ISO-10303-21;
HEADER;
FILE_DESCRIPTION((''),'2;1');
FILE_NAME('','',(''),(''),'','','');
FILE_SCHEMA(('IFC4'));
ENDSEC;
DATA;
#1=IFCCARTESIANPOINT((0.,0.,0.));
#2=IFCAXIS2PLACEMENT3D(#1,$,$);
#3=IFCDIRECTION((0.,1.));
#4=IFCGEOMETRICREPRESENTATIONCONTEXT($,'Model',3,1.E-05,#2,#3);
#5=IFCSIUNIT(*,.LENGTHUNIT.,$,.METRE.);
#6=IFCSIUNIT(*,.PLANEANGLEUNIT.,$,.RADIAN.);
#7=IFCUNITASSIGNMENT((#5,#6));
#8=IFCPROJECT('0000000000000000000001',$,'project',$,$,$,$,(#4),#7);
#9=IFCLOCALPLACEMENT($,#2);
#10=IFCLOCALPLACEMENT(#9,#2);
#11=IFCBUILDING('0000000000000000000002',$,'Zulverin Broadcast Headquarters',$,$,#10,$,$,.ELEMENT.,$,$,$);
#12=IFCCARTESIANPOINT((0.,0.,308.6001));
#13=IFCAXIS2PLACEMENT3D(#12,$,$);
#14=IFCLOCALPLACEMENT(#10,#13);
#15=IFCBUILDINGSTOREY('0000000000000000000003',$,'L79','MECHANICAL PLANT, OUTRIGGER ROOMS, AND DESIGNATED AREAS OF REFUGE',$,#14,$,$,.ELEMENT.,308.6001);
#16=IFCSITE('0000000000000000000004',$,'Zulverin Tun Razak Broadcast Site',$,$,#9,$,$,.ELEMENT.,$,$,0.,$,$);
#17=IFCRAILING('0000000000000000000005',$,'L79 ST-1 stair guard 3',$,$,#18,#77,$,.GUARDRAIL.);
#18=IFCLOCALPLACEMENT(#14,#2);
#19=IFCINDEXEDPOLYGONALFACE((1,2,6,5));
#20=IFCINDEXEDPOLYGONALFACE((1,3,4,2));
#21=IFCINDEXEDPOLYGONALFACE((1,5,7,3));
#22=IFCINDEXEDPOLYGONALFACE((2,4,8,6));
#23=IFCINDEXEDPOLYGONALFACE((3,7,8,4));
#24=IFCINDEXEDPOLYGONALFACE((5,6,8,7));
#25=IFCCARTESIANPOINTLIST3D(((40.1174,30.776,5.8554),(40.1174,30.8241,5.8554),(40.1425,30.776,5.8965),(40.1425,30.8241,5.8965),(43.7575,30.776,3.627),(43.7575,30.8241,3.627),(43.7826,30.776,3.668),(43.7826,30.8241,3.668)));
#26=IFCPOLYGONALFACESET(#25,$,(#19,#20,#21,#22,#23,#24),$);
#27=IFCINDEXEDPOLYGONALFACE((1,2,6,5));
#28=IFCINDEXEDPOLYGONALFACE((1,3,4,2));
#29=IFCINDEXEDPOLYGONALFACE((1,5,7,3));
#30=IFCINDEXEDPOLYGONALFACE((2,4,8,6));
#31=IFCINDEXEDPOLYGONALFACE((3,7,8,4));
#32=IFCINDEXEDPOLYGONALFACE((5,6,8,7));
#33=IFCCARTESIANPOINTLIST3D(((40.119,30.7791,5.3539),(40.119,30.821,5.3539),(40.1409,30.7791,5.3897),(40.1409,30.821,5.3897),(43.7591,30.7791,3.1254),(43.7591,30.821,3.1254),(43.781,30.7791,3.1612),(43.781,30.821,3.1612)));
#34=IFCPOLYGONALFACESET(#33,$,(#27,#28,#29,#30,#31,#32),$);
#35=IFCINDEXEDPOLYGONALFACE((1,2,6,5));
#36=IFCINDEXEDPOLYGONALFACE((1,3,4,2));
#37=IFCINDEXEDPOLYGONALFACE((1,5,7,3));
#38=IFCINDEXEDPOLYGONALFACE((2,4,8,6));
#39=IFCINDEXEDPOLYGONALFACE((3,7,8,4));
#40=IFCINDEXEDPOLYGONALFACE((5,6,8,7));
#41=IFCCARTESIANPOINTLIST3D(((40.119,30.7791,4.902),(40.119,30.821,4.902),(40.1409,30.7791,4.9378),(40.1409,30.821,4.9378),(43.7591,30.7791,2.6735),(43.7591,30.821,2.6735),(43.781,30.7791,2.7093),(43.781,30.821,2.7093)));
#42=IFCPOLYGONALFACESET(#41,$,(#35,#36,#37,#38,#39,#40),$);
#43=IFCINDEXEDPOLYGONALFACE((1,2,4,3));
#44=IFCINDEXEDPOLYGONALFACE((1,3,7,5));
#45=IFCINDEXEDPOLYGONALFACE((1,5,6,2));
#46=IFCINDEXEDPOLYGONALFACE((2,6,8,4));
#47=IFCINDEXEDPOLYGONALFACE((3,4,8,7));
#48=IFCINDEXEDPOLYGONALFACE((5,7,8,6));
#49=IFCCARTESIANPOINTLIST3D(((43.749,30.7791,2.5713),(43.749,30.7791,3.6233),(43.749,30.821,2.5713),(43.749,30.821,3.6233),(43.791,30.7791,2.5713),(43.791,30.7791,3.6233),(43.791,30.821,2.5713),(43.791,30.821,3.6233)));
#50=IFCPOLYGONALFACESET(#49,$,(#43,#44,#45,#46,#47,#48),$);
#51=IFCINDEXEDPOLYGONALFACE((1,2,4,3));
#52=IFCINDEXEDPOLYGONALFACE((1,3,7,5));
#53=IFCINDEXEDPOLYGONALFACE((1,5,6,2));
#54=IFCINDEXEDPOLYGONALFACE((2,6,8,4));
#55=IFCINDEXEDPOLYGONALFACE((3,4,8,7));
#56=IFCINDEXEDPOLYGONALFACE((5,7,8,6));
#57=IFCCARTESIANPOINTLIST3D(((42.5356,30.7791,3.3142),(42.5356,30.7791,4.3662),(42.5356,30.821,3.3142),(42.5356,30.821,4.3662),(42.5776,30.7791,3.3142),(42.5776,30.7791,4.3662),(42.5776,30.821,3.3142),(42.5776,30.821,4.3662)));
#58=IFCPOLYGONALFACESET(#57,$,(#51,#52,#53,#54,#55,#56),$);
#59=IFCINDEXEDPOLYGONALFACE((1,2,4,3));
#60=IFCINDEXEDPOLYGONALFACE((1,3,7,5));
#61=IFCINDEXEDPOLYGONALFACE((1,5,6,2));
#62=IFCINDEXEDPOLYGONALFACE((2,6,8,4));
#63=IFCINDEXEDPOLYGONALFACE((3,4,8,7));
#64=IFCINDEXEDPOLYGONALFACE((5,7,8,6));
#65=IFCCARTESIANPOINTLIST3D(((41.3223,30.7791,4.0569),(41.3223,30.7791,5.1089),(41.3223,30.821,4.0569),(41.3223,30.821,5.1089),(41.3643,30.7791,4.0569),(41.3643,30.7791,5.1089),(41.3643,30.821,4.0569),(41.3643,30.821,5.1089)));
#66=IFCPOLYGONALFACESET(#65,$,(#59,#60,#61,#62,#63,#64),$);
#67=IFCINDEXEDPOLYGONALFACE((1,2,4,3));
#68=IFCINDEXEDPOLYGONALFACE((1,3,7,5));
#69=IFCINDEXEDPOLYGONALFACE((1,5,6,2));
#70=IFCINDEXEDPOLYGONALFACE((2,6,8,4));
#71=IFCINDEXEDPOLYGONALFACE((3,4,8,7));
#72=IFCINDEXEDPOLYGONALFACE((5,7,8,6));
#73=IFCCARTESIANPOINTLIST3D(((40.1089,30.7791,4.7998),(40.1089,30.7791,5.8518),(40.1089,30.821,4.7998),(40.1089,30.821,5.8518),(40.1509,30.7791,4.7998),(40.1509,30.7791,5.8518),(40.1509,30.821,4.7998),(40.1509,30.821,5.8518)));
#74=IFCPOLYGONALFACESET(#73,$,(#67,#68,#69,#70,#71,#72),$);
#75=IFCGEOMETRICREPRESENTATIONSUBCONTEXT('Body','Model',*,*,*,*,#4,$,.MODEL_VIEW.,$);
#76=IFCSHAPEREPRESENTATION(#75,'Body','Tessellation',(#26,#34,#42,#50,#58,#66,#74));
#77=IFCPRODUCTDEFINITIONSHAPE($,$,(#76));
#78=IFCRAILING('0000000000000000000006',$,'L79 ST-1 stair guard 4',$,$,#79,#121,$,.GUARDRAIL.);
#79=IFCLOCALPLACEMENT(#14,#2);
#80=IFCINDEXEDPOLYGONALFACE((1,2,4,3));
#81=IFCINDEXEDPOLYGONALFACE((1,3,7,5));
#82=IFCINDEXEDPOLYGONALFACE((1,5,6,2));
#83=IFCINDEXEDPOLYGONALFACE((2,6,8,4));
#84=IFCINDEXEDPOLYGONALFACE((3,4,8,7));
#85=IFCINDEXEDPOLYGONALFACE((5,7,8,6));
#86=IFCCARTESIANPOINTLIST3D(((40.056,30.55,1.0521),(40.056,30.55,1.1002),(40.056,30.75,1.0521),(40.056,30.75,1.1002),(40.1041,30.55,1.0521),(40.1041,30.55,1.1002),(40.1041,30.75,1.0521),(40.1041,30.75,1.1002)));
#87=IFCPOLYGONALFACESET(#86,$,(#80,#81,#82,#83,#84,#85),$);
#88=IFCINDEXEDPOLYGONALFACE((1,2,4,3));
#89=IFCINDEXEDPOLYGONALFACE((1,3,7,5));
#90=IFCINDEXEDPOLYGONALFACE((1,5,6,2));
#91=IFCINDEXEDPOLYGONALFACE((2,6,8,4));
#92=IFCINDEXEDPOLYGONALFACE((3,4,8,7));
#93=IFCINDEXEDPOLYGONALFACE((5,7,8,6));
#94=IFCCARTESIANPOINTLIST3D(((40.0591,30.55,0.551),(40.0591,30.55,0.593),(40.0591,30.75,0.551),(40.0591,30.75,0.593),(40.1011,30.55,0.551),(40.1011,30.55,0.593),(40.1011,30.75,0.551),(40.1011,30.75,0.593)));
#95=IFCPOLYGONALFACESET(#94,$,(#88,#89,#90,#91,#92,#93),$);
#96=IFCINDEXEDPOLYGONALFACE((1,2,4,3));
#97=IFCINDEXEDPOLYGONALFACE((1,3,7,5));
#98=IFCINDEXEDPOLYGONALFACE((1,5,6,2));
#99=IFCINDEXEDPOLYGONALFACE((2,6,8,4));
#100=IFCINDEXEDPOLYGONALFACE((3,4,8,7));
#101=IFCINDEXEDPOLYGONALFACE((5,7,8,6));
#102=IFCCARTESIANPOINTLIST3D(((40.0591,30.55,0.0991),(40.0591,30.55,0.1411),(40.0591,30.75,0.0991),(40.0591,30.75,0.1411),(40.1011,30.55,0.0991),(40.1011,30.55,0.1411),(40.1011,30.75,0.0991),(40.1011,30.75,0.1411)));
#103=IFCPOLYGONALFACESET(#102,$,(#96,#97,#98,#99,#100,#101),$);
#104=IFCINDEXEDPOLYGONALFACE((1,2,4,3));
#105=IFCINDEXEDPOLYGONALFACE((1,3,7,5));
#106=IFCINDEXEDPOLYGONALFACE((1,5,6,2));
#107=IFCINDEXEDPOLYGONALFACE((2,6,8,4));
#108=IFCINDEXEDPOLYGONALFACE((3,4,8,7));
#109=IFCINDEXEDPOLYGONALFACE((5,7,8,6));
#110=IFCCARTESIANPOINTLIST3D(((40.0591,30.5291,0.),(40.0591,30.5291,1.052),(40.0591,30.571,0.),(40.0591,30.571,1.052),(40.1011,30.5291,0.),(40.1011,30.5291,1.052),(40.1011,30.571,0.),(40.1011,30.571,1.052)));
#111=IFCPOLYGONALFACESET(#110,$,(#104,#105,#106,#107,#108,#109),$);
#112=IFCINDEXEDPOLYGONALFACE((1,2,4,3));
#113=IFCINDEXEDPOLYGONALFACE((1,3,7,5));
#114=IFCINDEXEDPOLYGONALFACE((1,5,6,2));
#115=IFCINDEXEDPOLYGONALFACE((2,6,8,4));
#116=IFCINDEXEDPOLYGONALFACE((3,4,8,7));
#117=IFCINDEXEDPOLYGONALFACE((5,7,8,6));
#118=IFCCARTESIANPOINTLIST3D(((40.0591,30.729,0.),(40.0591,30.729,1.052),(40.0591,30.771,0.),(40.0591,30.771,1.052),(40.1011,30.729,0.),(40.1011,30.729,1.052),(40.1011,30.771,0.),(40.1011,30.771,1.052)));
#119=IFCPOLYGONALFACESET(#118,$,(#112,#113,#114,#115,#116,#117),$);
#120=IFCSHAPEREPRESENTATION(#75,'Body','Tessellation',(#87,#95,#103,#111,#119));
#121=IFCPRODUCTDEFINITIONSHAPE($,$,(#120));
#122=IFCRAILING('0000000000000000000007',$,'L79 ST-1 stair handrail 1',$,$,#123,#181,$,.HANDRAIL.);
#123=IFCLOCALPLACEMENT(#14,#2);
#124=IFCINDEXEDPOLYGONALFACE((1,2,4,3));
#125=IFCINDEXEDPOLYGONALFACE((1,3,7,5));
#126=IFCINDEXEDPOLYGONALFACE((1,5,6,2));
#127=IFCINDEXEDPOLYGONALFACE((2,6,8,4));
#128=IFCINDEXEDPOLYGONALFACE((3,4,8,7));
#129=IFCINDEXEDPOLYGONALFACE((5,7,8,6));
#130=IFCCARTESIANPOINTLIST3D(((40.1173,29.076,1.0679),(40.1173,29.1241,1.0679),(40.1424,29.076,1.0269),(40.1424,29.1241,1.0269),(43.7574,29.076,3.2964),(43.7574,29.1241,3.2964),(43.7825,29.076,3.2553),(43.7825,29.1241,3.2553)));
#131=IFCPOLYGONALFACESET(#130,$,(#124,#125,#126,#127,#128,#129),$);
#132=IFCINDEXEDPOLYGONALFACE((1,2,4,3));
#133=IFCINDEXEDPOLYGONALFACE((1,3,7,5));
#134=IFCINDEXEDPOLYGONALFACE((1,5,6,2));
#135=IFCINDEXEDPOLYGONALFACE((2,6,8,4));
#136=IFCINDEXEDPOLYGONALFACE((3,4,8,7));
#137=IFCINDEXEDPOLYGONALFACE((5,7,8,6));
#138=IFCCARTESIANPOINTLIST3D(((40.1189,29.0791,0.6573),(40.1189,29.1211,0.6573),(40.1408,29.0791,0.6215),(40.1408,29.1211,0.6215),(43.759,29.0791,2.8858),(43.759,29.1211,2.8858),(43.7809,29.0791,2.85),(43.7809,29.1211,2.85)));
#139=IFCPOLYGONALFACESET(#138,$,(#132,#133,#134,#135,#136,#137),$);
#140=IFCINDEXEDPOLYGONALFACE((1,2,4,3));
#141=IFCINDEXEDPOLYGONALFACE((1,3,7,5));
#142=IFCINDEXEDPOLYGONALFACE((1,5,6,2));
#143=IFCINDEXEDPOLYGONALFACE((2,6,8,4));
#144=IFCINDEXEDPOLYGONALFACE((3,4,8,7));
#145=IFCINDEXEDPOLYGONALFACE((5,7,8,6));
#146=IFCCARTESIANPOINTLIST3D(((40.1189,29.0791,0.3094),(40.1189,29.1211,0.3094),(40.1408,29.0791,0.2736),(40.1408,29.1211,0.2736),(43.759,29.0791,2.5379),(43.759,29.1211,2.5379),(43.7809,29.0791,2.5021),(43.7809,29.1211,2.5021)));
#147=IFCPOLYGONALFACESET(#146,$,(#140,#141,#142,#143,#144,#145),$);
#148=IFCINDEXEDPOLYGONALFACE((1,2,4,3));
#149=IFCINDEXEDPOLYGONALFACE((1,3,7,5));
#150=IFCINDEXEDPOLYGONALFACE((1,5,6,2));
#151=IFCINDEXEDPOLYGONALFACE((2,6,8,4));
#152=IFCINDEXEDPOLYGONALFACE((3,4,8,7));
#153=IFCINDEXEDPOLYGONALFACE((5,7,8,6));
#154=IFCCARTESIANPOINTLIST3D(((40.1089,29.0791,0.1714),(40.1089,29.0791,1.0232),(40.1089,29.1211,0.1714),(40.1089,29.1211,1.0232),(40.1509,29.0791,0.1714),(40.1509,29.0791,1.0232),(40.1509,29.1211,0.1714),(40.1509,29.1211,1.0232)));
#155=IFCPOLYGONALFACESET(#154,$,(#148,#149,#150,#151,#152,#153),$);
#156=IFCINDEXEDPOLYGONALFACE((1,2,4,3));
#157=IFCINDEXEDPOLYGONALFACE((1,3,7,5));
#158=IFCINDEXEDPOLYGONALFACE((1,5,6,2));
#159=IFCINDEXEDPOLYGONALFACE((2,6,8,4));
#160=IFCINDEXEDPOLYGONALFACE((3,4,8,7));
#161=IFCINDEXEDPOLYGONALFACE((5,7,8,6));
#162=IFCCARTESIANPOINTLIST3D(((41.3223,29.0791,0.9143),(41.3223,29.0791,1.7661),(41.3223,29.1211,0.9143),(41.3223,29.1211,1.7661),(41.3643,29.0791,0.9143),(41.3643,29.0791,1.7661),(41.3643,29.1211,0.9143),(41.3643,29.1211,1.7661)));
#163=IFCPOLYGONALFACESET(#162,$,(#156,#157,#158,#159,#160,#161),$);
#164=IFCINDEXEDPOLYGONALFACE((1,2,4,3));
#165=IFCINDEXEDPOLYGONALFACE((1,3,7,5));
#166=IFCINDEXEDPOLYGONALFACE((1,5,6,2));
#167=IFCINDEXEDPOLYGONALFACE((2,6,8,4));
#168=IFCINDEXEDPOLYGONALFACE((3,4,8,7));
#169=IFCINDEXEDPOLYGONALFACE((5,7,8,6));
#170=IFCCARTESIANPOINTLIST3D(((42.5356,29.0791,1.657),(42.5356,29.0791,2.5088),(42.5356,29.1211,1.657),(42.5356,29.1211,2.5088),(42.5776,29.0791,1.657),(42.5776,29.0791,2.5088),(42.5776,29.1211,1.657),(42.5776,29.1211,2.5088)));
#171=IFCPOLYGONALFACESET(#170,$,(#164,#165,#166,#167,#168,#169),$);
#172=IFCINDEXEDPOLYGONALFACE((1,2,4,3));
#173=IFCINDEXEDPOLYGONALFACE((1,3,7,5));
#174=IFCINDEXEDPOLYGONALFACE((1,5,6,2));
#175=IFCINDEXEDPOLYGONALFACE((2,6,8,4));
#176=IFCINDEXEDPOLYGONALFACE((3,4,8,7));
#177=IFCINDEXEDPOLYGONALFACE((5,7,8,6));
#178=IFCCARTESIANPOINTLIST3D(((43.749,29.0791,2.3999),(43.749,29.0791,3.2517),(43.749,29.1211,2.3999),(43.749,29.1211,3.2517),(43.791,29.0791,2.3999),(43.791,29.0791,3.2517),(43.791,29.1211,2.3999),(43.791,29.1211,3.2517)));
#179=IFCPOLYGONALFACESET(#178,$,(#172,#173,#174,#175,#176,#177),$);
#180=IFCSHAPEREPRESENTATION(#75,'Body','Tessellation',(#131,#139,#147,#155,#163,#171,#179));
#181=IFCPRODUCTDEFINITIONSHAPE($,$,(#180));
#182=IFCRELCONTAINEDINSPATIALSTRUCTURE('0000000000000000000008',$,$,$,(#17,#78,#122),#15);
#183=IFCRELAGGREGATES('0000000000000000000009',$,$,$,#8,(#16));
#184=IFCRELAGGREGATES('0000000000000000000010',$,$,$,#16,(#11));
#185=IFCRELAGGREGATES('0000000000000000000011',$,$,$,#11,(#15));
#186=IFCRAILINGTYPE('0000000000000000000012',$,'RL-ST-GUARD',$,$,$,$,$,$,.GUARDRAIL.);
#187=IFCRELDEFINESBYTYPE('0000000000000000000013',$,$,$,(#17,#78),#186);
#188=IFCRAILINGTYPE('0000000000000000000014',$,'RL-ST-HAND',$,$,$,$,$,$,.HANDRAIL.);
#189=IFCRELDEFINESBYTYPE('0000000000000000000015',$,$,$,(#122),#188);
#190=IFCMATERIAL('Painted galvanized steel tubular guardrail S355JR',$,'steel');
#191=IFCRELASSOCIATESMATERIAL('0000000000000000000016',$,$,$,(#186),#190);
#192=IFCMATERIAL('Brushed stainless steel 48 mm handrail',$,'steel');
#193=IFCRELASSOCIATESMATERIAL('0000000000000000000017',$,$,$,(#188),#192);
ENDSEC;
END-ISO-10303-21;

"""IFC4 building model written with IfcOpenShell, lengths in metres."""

from ifc_helpers import new_model, si_unit, direction, frame, origin, origin_2d, place, context, subcontext, project, spatial, rectangle, extrude, material, type_object, element, save


model = new_model("IFC4")

# Units and contexts
model_context = context("Model", 3, precision=1e-05, world=origin(), true_north=direction((0.0, 1.0)))
body_context = subcontext(model_context, "Body", "Model", "MODEL_VIEW")
ifc_project = project(units=[si_unit("LENGTHUNIT", "METRE"), si_unit("PLANEANGLEUNIT", "RADIAN")], contexts=[model_context])

# Site, building, storey
site_placement = place(None, origin())
site = spatial("IfcSite", under=ifc_project, at=site_placement, Name="Zulverin Tun Razak Broadcast Site", CompositionType="ELEMENT", RefElevation=0.0)
building_placement = place(site_placement, origin())
building = spatial("IfcBuilding", under=site, at=building_placement, Name="Zulverin Broadcast Headquarters", CompositionType="ELEMENT")
storey_placement = place(building_placement, frame((0.0, 0.0, 308.6001)))
storey = spatial("IfcBuildingStorey", under=building, at=storey_placement, Name="L79", Description="MECHANICAL PLANT, OUTRIGGER ROOMS, AND DESIGNATED AREAS OF REFUGE", CompositionType="ELEMENT", Elevation=308.6001)

# Railings
ifc_material_1 = material(Name="Painted galvanized steel tubular guardrail S355JR", Category="steel")
railing_type_1 = type_object("IfcRailingType", Name="RL-ST-GUARD", PredefinedType="GUARDRAIL", material=ifc_material_1)
railing_1_placement = place(storey_placement, frame((43.77, 30.8, 2.5713)))
element("IfcRailing", 1, at=railing_1_placement, inside=storey, type_object=railing_type_1, Name="L79 ST-1 stair guard 3", PredefinedType="GUARDRAIL", context=body_context, shape_type="SweptSolid", body=[
    extrude(rectangle(XDim=0.0481, YDim=0.0481, at=origin_2d()), frame((0.0, 0.0, 1.0762), z_axis=(-0.852866, 0.0, 0.52213), x_axis=(0.0, -1.0, 0.0)), (0.0, 0.0, 1.0), 4.2681),
    extrude(rectangle(XDim=0.042, YDim=0.042, at=origin_2d()), frame((0.0, 0.0, 0.572), z_axis=(-0.852866, 0.0, 0.52213), x_axis=(0.0, -1.0, 0.0)), (0.0, 0.0, 1.0), 4.2681),
    extrude(rectangle(XDim=0.042, YDim=0.042, at=origin_2d()), frame((0.0, 0.0, 0.1201), z_axis=(-0.852866, 0.0, 0.52213), x_axis=(0.0, -1.0, 0.0)), (0.0, 0.0, 1.0), 4.2681),
    extrude(rectangle(XDim=0.042, YDim=0.042, at=origin_2d()), origin(), (0.0, 0.0, 1.0), 1.052),
    extrude(rectangle(XDim=0.042, YDim=0.042, at=origin_2d()), frame((-1.2134, 0.0, 0.7429)), (0.0, 0.0, 1.0), 1.052),
    extrude(rectangle(XDim=0.042, YDim=0.042, at=origin_2d()), frame((-2.4268, 0.0, 1.4856)), (0.0, 0.0, 1.0), 1.052),
    extrude(rectangle(XDim=0.042, YDim=0.042, at=origin_2d()), frame((-3.6401, 0.0, 2.2285)), (0.0, 0.0, 1.0), 1.052),
])
railing_2_placement = place(storey_placement, frame((40.0801, 30.55, 0.0)))
element("IfcRailing", 2, at=railing_2_placement, inside=storey, type_object=railing_type_1, Name="L79 ST-1 stair guard 4", PredefinedType="GUARDRAIL", context=body_context, shape_type="SweptSolid", body=[
    extrude(rectangle(XDim=0.0481, YDim=0.0481, at=origin_2d()), frame((0.0, 0.0, 1.0762), z_axis=(0.0, 1.0, 0.0), x_axis=(-1.0, 0.0, 0.0)), (0.0, 0.0, 1.0), 0.2),
    extrude(rectangle(XDim=0.042, YDim=0.042, at=origin_2d()), frame((0.0, 0.0, 0.572), z_axis=(0.0, 1.0, 0.0), x_axis=(-1.0, 0.0, 0.0)), (0.0, 0.0, 1.0), 0.2),
    extrude(rectangle(XDim=0.042, YDim=0.042, at=origin_2d()), frame((0.0, 0.0, 0.1201), z_axis=(0.0, 1.0, 0.0), x_axis=(-1.0, 0.0, 0.0)), (0.0, 0.0, 1.0), 0.2),
    extrude(rectangle(XDim=0.042, YDim=0.042, at=origin_2d()), origin(), (0.0, 0.0, 1.0), 1.052),
    extrude(rectangle(XDim=0.042, YDim=0.042, at=origin_2d()), frame((0.0, 0.2, 0.0)), (0.0, 0.0, 1.0), 1.052),
])
ifc_material_2 = material(Name="Brushed stainless steel 48 mm handrail", Category="steel")
railing_type_2 = type_object("IfcRailingType", Name="RL-ST-HAND", PredefinedType="HANDRAIL", material=ifc_material_2)
railing_3_placement = place(storey_placement, frame((40.1299, 29.1001, 0.1714)))
element("IfcRailing", 3, at=railing_3_placement, inside=storey, type_object=railing_type_2, Name="L79 ST-1 stair handrail 1", PredefinedType="HANDRAIL", context=body_context, shape_type="SweptSolid", body=[
    extrude(rectangle(XDim=0.0481, YDim=0.0481, at=origin_2d()), frame((0.0, 0.0, 0.876), z_axis=(0.852866, 0.0, 0.52213), x_axis=(0.0, 1.0, 0.0)), (0.0, 0.0, 1.0), 4.2681),
    extrude(rectangle(XDim=0.042, YDim=0.042, at=origin_2d()), frame((0.0, 0.0, 0.468), z_axis=(0.852866, 0.0, 0.52213), x_axis=(0.0, 1.0, 0.0)), (0.0, 0.0, 1.0), 4.2681),
    extrude(rectangle(XDim=0.042, YDim=0.042, at=origin_2d()), frame((0.0, 0.0, 0.1201), z_axis=(0.852866, 0.0, 0.52213), x_axis=(0.0, 1.0, 0.0)), (0.0, 0.0, 1.0), 4.2681),
    extrude(rectangle(XDim=0.042, YDim=0.042, at=origin_2d()), origin(), (0.0, 0.0, 1.0), 0.8518),
    extrude(rectangle(XDim=0.042, YDim=0.042, at=origin_2d()), frame((1.2134, 0.0, 0.7429)), (0.0, 0.0, 1.0), 0.8518),
    extrude(rectangle(XDim=0.042, YDim=0.042, at=origin_2d()), frame((2.4268, 0.0, 1.4856)), (0.0, 0.0, 1.0), 0.8518),
    extrude(rectangle(XDim=0.042, YDim=0.042, at=origin_2d()), frame((3.6401, 0.0, 2.2285)), (0.0, 0.0, 1.0), 0.8518),
])

save(model, "model.ifc")
